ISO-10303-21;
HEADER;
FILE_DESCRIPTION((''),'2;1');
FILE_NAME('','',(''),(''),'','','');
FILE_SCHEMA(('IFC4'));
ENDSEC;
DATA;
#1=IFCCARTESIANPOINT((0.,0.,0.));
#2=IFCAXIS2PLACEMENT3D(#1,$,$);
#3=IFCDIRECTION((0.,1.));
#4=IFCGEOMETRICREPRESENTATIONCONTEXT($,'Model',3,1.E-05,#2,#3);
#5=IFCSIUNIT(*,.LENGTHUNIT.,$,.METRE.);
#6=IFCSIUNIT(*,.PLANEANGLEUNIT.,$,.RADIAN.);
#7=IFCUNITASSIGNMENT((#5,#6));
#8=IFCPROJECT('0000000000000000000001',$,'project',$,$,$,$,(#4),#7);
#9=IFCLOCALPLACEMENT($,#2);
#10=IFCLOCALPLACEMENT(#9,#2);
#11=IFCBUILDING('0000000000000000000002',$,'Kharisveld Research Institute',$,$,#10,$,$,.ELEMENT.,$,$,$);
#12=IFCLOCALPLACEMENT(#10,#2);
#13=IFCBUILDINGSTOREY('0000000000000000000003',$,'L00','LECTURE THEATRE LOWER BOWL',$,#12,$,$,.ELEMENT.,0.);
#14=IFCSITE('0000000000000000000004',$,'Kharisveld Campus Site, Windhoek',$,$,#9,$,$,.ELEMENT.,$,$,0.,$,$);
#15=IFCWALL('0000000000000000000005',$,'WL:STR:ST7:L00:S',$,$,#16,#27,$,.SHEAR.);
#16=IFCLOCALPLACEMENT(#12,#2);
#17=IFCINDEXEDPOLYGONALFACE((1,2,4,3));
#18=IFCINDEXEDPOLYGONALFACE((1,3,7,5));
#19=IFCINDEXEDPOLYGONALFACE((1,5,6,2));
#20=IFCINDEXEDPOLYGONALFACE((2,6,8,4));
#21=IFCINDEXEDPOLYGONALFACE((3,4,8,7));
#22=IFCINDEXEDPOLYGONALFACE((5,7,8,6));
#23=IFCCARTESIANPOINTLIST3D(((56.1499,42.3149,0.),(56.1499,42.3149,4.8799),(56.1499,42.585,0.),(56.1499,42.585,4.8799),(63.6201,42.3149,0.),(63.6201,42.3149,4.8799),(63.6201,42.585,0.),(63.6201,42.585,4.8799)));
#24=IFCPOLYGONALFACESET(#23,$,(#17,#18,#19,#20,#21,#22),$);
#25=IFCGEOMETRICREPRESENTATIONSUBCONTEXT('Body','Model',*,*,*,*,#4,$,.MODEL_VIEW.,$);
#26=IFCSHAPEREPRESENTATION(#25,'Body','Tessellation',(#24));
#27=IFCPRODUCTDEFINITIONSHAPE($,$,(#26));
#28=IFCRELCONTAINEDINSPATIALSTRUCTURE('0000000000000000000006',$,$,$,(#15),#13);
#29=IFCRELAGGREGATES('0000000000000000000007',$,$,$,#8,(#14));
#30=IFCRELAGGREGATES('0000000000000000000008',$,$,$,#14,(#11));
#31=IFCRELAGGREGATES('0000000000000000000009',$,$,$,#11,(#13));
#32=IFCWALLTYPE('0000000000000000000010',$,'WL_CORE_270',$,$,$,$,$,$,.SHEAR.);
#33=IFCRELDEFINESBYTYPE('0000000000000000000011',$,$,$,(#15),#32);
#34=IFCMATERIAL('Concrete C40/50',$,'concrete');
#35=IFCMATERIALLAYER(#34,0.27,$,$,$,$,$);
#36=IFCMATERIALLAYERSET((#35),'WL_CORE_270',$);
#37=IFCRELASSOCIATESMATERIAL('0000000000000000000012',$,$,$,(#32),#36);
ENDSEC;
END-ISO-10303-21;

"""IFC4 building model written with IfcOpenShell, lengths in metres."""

from ifc_helpers import new_model, si_unit, direction, frame, frame_2d, origin, place, context, subcontext, project, spatial, rectangle, extrude, material, layer, layer_set, type_object, element, save


model = new_model("IFC4")

# Units and contexts
model_context = context("Model", 3, precision=1e-05, world=origin(), true_north=direction((0.0, 1.0)))
body_context = subcontext(model_context, "Body", "Model", "MODEL_VIEW")
ifc_project = project(units=[si_unit("LENGTHUNIT", "METRE"), si_unit("PLANEANGLEUNIT", "RADIAN")], contexts=[model_context])

# Site, building, storey
site_placement = place(None, origin())
site = spatial("IfcSite", under=ifc_project, at=site_placement, Name="Kharisveld Campus Site, Windhoek", CompositionType="ELEMENT", RefElevation=0.0)
building_placement = place(site_placement, origin())
building = spatial("IfcBuilding", under=site, at=building_placement, Name="Kharisveld Research Institute", CompositionType="ELEMENT")
storey_placement = place(building_placement, origin())
storey = spatial("IfcBuildingStorey", under=building, at=storey_placement, Name="L00", Description="LECTURE THEATRE LOWER BOWL", CompositionType="ELEMENT", Elevation=0.0)

# Wall
ifc_material_1 = material(Name="Concrete C40/50", Category="concrete")
ifc_layer_1 = layer(ifc_material_1, 0.27)
ifc_layer_set_1 = layer_set([ifc_layer_1], Name="WL_CORE_270")
wall_type = type_object("IfcWallType", Name="WL_CORE_270", PredefinedType="SHEAR", material=ifc_layer_set_1)
wall_1_placement = place(storey_placement, frame((63.6201, 42.45, 0.0), z_axis=(0.0, 0.0, 1.0), x_axis=(-1.0, 0.0, 0.0)))
element("IfcWall", 1, at=wall_1_placement, inside=storey, type_object=wall_type, Name="WL:STR:ST7:L00:S", PredefinedType="SHEAR", context=body_context, shape_type="SweptSolid", body=[
    extrude(rectangle(XDim=7.4702, YDim=0.27, at=frame_2d((3.7351, 0.0))), origin(), (0.0, 0.0, 1.0), 4.8799),
])

save(model, "model.ifc")
